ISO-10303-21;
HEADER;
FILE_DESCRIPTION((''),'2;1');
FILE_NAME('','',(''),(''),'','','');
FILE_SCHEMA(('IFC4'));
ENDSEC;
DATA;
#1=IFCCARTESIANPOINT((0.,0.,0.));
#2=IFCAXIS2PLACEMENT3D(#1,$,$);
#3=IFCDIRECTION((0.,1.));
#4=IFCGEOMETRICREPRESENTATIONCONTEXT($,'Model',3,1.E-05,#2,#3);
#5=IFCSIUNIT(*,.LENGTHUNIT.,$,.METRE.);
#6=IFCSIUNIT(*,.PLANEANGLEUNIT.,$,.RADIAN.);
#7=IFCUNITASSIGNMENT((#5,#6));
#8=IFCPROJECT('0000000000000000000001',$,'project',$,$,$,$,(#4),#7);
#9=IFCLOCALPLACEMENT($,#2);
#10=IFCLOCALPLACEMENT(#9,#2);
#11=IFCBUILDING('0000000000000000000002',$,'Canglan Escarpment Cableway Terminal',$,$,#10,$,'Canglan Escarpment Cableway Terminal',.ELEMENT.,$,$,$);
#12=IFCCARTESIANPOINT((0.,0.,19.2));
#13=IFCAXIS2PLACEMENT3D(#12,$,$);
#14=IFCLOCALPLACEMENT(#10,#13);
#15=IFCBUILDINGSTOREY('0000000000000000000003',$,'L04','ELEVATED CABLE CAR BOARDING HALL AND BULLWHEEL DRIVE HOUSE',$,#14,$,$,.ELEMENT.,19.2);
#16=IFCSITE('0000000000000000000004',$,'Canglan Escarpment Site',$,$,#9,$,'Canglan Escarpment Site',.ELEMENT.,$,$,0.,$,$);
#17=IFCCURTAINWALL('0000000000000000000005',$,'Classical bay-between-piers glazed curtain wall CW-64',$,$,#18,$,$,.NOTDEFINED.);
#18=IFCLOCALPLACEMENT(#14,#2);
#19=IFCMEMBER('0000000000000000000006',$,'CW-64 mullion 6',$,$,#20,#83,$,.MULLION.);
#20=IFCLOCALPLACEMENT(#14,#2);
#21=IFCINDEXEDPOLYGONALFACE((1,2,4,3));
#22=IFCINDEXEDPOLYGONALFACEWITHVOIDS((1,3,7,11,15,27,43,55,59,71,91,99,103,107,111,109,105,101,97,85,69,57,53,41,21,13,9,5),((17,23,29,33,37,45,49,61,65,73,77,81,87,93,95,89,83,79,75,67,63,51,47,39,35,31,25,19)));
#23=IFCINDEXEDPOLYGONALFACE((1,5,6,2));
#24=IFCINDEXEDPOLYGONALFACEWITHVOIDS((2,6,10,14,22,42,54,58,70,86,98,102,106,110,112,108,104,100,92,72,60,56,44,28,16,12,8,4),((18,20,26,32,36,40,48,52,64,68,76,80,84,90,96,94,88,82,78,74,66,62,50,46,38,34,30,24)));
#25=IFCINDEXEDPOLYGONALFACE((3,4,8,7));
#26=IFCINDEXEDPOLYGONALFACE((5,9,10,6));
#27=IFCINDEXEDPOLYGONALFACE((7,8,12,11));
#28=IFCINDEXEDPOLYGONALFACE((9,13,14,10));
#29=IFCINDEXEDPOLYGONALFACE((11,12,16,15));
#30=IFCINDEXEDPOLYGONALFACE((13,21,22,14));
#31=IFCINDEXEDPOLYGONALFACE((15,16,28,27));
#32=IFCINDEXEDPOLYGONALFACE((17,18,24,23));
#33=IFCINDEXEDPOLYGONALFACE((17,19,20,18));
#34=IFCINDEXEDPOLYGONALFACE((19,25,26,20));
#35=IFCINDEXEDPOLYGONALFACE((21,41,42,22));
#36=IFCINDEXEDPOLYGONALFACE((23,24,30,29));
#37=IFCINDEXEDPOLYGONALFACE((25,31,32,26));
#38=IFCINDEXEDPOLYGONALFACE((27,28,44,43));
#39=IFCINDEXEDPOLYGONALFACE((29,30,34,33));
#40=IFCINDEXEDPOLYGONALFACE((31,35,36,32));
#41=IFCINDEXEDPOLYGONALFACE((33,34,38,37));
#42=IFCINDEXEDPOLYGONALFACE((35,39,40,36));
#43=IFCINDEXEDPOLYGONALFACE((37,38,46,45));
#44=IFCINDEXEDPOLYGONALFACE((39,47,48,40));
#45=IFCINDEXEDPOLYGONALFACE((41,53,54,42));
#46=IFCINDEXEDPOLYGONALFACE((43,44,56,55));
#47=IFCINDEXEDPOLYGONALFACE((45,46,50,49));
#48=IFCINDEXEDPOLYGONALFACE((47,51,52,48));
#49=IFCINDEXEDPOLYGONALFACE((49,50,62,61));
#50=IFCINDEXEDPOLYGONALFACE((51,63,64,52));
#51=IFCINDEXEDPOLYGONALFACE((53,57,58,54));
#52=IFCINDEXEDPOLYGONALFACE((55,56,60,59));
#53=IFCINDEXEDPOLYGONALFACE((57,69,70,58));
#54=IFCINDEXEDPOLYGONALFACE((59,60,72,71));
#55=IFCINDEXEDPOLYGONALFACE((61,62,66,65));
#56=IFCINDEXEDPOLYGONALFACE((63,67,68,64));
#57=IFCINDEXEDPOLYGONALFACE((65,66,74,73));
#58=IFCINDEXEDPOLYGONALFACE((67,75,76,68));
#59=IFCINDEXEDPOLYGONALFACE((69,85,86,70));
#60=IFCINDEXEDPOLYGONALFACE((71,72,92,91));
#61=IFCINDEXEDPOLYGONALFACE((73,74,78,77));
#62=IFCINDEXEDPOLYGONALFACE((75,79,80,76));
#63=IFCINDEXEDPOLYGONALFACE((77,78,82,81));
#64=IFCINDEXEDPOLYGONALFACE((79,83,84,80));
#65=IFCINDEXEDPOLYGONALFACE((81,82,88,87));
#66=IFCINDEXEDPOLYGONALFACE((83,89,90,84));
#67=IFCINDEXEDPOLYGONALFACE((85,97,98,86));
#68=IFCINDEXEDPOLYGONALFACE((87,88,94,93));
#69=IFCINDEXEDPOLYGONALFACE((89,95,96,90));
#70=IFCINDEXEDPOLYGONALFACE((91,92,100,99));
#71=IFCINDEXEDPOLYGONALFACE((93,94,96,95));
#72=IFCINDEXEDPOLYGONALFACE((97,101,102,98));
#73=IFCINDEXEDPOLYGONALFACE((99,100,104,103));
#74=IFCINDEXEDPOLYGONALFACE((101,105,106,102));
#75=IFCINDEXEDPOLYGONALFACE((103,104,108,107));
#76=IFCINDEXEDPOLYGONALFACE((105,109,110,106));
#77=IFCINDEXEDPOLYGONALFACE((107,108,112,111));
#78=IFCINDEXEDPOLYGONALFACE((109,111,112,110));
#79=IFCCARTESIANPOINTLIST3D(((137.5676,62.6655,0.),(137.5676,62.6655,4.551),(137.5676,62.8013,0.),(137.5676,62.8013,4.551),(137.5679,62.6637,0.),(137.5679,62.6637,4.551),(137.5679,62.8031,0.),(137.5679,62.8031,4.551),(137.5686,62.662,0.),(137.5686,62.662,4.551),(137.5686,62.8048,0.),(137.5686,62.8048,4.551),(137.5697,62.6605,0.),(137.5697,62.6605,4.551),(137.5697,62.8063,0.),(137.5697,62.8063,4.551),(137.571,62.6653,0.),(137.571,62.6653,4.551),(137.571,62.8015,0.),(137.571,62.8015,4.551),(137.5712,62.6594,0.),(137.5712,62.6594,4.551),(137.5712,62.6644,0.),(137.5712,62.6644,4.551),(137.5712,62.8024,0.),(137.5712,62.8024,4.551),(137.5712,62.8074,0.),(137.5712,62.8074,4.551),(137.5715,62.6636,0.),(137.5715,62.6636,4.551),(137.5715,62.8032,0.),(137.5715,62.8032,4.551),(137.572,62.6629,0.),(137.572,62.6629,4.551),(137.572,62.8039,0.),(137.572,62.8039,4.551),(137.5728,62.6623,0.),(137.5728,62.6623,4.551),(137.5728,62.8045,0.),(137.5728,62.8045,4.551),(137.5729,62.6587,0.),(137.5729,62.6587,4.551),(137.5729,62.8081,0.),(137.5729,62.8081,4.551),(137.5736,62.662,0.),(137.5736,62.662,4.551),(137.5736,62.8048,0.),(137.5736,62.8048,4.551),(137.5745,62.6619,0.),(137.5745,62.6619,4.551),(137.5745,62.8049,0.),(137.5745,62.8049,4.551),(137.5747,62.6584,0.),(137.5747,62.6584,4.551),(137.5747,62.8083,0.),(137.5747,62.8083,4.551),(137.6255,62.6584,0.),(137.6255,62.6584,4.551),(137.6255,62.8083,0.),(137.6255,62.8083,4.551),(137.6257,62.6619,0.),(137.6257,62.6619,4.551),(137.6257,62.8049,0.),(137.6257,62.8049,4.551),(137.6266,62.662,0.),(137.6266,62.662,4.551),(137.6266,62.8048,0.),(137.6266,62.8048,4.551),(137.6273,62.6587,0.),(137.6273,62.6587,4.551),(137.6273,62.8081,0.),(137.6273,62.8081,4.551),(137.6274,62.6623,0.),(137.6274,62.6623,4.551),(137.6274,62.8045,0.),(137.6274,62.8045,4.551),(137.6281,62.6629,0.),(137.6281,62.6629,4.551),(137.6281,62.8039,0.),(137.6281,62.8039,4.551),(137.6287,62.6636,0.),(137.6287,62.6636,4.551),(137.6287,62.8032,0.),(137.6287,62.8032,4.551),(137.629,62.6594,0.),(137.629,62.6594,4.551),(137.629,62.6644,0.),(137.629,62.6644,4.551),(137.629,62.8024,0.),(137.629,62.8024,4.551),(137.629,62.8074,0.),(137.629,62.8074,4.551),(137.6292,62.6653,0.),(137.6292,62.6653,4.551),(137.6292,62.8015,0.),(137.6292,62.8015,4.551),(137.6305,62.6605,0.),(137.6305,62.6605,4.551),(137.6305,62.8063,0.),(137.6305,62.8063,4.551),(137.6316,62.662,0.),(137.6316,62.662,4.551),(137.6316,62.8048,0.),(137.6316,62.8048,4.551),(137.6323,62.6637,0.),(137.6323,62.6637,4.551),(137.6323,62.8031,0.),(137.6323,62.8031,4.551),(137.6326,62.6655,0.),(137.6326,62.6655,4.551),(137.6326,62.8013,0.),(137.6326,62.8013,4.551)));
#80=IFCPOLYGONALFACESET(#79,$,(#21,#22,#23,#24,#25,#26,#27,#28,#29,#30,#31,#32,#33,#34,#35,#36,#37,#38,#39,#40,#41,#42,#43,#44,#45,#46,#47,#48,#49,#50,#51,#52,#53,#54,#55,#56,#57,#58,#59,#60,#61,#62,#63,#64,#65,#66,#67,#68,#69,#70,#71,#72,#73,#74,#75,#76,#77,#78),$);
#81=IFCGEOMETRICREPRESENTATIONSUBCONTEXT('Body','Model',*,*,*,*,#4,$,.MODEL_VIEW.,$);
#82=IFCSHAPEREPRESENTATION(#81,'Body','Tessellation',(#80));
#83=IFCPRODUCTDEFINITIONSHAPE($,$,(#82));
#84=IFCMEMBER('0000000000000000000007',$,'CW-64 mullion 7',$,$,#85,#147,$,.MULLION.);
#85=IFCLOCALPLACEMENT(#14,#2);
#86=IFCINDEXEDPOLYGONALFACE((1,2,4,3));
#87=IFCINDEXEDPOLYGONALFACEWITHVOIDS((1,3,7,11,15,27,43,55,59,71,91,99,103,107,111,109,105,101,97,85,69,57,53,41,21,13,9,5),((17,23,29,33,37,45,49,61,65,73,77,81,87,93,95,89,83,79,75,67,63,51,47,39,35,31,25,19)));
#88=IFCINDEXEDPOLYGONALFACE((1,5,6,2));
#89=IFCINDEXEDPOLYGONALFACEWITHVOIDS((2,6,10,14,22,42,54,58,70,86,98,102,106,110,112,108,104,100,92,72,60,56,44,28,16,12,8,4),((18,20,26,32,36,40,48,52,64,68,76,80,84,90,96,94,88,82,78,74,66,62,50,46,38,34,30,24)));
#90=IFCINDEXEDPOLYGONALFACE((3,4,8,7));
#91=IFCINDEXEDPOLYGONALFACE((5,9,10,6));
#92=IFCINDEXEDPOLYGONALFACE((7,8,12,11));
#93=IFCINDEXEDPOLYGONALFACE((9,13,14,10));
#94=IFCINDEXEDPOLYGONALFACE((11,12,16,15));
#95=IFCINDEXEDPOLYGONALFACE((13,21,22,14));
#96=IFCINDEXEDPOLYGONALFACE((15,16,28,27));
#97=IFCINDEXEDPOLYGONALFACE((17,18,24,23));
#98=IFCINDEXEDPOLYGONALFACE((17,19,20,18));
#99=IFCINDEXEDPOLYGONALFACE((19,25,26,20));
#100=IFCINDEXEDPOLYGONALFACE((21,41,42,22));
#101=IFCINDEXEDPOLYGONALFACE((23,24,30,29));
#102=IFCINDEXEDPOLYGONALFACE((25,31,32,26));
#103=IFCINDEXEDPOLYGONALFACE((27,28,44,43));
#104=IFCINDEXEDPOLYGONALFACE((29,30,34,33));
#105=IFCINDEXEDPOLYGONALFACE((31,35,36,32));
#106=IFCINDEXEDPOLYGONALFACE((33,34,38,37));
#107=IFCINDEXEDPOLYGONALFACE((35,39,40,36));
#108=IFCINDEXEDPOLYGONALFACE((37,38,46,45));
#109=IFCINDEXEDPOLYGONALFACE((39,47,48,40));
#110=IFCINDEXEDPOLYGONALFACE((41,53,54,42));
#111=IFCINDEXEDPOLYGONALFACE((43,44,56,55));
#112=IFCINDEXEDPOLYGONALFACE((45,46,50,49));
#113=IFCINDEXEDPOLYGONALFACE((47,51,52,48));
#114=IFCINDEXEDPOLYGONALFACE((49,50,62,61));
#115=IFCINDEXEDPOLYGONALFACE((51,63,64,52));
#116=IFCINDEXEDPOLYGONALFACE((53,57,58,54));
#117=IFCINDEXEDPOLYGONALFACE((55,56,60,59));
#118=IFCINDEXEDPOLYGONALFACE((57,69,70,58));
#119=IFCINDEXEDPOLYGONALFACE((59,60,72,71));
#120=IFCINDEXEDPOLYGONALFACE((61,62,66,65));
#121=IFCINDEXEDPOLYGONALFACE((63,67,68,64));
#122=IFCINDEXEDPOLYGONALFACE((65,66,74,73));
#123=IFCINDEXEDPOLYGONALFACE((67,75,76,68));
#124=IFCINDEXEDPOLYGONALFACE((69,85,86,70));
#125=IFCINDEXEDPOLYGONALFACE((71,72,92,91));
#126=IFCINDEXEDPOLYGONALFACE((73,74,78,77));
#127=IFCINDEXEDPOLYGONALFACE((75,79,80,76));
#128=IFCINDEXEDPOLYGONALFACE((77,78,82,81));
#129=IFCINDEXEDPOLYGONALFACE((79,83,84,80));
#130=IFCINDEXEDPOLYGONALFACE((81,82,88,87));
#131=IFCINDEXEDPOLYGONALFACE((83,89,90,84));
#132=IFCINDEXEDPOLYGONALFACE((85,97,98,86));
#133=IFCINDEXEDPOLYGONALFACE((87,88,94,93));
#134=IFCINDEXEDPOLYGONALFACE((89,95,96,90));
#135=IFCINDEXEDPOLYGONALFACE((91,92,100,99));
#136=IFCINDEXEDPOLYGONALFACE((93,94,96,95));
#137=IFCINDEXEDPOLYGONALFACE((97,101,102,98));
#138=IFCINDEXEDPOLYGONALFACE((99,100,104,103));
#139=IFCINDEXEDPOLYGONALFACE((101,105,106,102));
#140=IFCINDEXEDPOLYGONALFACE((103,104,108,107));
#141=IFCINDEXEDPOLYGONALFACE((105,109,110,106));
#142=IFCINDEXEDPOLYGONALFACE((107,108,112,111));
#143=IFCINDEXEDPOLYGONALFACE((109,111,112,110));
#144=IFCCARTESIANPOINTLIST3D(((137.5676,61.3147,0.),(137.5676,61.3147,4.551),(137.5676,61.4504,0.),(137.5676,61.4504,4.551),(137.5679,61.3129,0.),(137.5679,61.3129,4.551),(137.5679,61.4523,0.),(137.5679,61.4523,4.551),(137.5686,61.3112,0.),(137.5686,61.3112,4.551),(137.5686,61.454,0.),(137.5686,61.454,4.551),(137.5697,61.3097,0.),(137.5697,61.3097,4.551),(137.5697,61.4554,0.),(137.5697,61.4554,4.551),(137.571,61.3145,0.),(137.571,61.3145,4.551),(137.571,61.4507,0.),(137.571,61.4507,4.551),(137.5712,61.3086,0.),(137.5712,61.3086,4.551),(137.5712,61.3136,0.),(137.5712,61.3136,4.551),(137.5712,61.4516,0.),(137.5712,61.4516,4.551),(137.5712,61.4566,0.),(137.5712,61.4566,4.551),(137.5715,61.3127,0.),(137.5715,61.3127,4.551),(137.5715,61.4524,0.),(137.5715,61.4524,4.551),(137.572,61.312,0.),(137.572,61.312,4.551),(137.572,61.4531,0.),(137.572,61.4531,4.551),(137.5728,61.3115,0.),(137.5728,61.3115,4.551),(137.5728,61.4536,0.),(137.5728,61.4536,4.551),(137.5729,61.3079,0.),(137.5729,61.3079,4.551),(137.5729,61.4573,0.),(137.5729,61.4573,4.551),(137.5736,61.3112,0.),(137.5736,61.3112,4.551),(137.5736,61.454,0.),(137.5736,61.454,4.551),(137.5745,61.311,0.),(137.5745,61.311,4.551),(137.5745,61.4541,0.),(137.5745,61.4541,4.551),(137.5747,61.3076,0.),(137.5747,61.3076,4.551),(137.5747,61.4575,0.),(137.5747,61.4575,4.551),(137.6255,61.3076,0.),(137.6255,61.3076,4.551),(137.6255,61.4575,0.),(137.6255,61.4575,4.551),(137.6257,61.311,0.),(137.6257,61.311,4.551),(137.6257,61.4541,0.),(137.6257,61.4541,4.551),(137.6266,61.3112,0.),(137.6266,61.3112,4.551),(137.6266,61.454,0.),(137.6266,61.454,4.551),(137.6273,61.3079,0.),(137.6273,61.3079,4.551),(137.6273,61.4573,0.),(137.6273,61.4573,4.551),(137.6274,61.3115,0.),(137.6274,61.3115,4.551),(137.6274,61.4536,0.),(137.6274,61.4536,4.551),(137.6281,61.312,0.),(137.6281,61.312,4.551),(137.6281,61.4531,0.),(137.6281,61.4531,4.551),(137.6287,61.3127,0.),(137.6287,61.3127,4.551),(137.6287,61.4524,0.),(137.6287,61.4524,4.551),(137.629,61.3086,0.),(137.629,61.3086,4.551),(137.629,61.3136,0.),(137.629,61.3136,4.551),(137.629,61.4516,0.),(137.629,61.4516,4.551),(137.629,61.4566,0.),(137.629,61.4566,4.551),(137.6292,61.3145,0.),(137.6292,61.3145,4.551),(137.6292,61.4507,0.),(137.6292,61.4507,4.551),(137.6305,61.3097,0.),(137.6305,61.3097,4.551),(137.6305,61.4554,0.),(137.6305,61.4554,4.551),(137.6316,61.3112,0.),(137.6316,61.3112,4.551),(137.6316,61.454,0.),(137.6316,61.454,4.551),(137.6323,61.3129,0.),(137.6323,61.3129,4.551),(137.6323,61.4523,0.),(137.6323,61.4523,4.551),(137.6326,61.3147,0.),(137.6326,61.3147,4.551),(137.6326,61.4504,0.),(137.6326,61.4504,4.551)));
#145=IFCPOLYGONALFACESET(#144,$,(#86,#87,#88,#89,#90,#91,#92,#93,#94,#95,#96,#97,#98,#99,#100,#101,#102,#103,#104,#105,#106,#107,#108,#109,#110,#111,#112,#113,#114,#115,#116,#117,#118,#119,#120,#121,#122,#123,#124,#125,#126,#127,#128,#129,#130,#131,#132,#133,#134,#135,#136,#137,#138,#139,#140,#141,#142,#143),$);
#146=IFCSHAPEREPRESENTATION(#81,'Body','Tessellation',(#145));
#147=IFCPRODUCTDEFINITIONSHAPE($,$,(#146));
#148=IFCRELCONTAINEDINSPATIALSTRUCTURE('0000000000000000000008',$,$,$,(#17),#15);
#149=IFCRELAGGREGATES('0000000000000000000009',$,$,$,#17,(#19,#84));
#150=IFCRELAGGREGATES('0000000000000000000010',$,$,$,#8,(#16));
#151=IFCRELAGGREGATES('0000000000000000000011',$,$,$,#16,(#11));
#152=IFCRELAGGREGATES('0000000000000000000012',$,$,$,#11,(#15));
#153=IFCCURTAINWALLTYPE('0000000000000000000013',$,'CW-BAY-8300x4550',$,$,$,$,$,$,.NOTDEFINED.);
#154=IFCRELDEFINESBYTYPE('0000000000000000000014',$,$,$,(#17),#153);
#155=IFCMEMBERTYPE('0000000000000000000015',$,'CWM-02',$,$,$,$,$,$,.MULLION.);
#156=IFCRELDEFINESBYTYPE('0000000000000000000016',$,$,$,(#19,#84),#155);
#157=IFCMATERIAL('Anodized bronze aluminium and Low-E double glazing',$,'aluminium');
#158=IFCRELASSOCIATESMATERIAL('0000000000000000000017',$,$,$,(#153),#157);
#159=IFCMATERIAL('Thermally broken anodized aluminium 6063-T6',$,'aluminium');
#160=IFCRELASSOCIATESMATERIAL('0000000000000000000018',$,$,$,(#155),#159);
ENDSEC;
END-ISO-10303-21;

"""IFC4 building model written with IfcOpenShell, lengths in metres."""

from ifc_helpers import new_model, si_unit, direction, frame, origin, origin_2d, place, context, subcontext, project, spatial, hollow_rectangle, extrude, material, material_profile, profile_set, type_object, element, aggregate, save


model = new_model("IFC4")

# Units and contexts
model_context = context("Model", 3, precision=1e-05, world=origin(), true_north=direction((0.0, 1.0)))
body_context = subcontext(model_context, "Body", "Model", "MODEL_VIEW")
ifc_project = project(units=[si_unit("LENGTHUNIT", "METRE"), si_unit("PLANEANGLEUNIT", "RADIAN")], contexts=[model_context])

# Site, building, storey
site_placement = place(None, origin())
site = spatial("IfcSite", under=ifc_project, at=site_placement, Name="Canglan Escarpment Site", LongName="Canglan Escarpment Site", CompositionType="ELEMENT", RefElevation=0.0)
building_placement = place(site_placement, origin())
building = spatial("IfcBuilding", under=site, at=building_placement, Name="Canglan Escarpment Cableway Terminal", LongName="Canglan Escarpment Cableway Terminal", CompositionType="ELEMENT")
storey_placement = place(building_placement, frame((0.0, 0.0, 19.2)))
storey = spatial("IfcBuildingStorey", under=building, at=storey_placement, Name="L04", Description="ELEVATED CABLE CAR BOARDING HALL AND BULLWHEEL DRIVE HOUSE", CompositionType="ELEMENT", Elevation=19.2)

# Curtain wall, members
ifc_material_1 = material(Name="Anodized bronze aluminium and Low-E double glazing", Category="aluminium")
curtain_wall_type = type_object("IfcCurtainWallType", Name="CW-BAY-8300x4550", PredefinedType="NOTDEFINED", material=ifc_material_1)
ifc_material_2 = material(Name="Thermally broken anodized aluminium 6063-T6", Category="aluminium")
curtain_wall_1_placement = place(storey_placement, origin())
curtain_wall_1 = element("IfcCurtainWall", 1, at=curtain_wall_1_placement, inside=storey, type_object=curtain_wall_type, Name="Classical bay-between-piers glazed curtain wall CW-64", PredefinedType="NOTDEFINED")
ifc_material_profile_1 = material_profile(ifc_material_2, hollow_rectangle(XDim=0.0649, YDim=0.1499, WallThickness=0.0034, InnerFilletRadius=0.0034, OuterFilletRadius=0.0071, at=origin_2d()), Name="ALU-MULL 65x150x3.5")
ifc_profile_set_1 = profile_set([ifc_material_profile_1], Name="Thermally broken anodized aluminium 6063-T6")
member_type_1 = type_object("IfcMemberType", Name="CWM-02", PredefinedType="MULLION", material=ifc_profile_set_1)
member_1_placement = place(storey_placement, frame((137.6001, 62.7334, 0.0), z_axis=(0.0, 0.0, 1.0), x_axis=(1.0, 0.0, 0.0)))
member_1 = element("IfcMember", 2, at=member_1_placement, type_object=member_type_1, Name="CW-64 mullion 6", PredefinedType="MULLION", context=body_context, shape_type="SweptSolid", body=[
    extrude(hollow_rectangle(XDim=0.0649, YDim=0.1499, WallThickness=0.0034, InnerFilletRadius=0.0034, OuterFilletRadius=0.0071, at=origin_2d()), origin(), (0.0, 0.0, 1.0), 4.551),
])
member_2_placement = place(storey_placement, frame((137.6001, 61.3826, 0.0), z_axis=(0.0, 0.0, 1.0), x_axis=(1.0, 0.0, 0.0)))
member_2 = element("IfcMember", 3, at=member_2_placement, type_object=member_type_1, Name="CW-64 mullion 7", PredefinedType="MULLION", context=body_context, shape_type="SweptSolid", body=[
    extrude(hollow_rectangle(XDim=0.0649, YDim=0.1499, WallThickness=0.0034, InnerFilletRadius=0.0034, OuterFilletRadius=0.0071, at=origin_2d()), origin(), (0.0, 0.0, 1.0), 4.551),
])

aggregate(curtain_wall_1, [member_1, member_2])

save(model, "model.ifc")
